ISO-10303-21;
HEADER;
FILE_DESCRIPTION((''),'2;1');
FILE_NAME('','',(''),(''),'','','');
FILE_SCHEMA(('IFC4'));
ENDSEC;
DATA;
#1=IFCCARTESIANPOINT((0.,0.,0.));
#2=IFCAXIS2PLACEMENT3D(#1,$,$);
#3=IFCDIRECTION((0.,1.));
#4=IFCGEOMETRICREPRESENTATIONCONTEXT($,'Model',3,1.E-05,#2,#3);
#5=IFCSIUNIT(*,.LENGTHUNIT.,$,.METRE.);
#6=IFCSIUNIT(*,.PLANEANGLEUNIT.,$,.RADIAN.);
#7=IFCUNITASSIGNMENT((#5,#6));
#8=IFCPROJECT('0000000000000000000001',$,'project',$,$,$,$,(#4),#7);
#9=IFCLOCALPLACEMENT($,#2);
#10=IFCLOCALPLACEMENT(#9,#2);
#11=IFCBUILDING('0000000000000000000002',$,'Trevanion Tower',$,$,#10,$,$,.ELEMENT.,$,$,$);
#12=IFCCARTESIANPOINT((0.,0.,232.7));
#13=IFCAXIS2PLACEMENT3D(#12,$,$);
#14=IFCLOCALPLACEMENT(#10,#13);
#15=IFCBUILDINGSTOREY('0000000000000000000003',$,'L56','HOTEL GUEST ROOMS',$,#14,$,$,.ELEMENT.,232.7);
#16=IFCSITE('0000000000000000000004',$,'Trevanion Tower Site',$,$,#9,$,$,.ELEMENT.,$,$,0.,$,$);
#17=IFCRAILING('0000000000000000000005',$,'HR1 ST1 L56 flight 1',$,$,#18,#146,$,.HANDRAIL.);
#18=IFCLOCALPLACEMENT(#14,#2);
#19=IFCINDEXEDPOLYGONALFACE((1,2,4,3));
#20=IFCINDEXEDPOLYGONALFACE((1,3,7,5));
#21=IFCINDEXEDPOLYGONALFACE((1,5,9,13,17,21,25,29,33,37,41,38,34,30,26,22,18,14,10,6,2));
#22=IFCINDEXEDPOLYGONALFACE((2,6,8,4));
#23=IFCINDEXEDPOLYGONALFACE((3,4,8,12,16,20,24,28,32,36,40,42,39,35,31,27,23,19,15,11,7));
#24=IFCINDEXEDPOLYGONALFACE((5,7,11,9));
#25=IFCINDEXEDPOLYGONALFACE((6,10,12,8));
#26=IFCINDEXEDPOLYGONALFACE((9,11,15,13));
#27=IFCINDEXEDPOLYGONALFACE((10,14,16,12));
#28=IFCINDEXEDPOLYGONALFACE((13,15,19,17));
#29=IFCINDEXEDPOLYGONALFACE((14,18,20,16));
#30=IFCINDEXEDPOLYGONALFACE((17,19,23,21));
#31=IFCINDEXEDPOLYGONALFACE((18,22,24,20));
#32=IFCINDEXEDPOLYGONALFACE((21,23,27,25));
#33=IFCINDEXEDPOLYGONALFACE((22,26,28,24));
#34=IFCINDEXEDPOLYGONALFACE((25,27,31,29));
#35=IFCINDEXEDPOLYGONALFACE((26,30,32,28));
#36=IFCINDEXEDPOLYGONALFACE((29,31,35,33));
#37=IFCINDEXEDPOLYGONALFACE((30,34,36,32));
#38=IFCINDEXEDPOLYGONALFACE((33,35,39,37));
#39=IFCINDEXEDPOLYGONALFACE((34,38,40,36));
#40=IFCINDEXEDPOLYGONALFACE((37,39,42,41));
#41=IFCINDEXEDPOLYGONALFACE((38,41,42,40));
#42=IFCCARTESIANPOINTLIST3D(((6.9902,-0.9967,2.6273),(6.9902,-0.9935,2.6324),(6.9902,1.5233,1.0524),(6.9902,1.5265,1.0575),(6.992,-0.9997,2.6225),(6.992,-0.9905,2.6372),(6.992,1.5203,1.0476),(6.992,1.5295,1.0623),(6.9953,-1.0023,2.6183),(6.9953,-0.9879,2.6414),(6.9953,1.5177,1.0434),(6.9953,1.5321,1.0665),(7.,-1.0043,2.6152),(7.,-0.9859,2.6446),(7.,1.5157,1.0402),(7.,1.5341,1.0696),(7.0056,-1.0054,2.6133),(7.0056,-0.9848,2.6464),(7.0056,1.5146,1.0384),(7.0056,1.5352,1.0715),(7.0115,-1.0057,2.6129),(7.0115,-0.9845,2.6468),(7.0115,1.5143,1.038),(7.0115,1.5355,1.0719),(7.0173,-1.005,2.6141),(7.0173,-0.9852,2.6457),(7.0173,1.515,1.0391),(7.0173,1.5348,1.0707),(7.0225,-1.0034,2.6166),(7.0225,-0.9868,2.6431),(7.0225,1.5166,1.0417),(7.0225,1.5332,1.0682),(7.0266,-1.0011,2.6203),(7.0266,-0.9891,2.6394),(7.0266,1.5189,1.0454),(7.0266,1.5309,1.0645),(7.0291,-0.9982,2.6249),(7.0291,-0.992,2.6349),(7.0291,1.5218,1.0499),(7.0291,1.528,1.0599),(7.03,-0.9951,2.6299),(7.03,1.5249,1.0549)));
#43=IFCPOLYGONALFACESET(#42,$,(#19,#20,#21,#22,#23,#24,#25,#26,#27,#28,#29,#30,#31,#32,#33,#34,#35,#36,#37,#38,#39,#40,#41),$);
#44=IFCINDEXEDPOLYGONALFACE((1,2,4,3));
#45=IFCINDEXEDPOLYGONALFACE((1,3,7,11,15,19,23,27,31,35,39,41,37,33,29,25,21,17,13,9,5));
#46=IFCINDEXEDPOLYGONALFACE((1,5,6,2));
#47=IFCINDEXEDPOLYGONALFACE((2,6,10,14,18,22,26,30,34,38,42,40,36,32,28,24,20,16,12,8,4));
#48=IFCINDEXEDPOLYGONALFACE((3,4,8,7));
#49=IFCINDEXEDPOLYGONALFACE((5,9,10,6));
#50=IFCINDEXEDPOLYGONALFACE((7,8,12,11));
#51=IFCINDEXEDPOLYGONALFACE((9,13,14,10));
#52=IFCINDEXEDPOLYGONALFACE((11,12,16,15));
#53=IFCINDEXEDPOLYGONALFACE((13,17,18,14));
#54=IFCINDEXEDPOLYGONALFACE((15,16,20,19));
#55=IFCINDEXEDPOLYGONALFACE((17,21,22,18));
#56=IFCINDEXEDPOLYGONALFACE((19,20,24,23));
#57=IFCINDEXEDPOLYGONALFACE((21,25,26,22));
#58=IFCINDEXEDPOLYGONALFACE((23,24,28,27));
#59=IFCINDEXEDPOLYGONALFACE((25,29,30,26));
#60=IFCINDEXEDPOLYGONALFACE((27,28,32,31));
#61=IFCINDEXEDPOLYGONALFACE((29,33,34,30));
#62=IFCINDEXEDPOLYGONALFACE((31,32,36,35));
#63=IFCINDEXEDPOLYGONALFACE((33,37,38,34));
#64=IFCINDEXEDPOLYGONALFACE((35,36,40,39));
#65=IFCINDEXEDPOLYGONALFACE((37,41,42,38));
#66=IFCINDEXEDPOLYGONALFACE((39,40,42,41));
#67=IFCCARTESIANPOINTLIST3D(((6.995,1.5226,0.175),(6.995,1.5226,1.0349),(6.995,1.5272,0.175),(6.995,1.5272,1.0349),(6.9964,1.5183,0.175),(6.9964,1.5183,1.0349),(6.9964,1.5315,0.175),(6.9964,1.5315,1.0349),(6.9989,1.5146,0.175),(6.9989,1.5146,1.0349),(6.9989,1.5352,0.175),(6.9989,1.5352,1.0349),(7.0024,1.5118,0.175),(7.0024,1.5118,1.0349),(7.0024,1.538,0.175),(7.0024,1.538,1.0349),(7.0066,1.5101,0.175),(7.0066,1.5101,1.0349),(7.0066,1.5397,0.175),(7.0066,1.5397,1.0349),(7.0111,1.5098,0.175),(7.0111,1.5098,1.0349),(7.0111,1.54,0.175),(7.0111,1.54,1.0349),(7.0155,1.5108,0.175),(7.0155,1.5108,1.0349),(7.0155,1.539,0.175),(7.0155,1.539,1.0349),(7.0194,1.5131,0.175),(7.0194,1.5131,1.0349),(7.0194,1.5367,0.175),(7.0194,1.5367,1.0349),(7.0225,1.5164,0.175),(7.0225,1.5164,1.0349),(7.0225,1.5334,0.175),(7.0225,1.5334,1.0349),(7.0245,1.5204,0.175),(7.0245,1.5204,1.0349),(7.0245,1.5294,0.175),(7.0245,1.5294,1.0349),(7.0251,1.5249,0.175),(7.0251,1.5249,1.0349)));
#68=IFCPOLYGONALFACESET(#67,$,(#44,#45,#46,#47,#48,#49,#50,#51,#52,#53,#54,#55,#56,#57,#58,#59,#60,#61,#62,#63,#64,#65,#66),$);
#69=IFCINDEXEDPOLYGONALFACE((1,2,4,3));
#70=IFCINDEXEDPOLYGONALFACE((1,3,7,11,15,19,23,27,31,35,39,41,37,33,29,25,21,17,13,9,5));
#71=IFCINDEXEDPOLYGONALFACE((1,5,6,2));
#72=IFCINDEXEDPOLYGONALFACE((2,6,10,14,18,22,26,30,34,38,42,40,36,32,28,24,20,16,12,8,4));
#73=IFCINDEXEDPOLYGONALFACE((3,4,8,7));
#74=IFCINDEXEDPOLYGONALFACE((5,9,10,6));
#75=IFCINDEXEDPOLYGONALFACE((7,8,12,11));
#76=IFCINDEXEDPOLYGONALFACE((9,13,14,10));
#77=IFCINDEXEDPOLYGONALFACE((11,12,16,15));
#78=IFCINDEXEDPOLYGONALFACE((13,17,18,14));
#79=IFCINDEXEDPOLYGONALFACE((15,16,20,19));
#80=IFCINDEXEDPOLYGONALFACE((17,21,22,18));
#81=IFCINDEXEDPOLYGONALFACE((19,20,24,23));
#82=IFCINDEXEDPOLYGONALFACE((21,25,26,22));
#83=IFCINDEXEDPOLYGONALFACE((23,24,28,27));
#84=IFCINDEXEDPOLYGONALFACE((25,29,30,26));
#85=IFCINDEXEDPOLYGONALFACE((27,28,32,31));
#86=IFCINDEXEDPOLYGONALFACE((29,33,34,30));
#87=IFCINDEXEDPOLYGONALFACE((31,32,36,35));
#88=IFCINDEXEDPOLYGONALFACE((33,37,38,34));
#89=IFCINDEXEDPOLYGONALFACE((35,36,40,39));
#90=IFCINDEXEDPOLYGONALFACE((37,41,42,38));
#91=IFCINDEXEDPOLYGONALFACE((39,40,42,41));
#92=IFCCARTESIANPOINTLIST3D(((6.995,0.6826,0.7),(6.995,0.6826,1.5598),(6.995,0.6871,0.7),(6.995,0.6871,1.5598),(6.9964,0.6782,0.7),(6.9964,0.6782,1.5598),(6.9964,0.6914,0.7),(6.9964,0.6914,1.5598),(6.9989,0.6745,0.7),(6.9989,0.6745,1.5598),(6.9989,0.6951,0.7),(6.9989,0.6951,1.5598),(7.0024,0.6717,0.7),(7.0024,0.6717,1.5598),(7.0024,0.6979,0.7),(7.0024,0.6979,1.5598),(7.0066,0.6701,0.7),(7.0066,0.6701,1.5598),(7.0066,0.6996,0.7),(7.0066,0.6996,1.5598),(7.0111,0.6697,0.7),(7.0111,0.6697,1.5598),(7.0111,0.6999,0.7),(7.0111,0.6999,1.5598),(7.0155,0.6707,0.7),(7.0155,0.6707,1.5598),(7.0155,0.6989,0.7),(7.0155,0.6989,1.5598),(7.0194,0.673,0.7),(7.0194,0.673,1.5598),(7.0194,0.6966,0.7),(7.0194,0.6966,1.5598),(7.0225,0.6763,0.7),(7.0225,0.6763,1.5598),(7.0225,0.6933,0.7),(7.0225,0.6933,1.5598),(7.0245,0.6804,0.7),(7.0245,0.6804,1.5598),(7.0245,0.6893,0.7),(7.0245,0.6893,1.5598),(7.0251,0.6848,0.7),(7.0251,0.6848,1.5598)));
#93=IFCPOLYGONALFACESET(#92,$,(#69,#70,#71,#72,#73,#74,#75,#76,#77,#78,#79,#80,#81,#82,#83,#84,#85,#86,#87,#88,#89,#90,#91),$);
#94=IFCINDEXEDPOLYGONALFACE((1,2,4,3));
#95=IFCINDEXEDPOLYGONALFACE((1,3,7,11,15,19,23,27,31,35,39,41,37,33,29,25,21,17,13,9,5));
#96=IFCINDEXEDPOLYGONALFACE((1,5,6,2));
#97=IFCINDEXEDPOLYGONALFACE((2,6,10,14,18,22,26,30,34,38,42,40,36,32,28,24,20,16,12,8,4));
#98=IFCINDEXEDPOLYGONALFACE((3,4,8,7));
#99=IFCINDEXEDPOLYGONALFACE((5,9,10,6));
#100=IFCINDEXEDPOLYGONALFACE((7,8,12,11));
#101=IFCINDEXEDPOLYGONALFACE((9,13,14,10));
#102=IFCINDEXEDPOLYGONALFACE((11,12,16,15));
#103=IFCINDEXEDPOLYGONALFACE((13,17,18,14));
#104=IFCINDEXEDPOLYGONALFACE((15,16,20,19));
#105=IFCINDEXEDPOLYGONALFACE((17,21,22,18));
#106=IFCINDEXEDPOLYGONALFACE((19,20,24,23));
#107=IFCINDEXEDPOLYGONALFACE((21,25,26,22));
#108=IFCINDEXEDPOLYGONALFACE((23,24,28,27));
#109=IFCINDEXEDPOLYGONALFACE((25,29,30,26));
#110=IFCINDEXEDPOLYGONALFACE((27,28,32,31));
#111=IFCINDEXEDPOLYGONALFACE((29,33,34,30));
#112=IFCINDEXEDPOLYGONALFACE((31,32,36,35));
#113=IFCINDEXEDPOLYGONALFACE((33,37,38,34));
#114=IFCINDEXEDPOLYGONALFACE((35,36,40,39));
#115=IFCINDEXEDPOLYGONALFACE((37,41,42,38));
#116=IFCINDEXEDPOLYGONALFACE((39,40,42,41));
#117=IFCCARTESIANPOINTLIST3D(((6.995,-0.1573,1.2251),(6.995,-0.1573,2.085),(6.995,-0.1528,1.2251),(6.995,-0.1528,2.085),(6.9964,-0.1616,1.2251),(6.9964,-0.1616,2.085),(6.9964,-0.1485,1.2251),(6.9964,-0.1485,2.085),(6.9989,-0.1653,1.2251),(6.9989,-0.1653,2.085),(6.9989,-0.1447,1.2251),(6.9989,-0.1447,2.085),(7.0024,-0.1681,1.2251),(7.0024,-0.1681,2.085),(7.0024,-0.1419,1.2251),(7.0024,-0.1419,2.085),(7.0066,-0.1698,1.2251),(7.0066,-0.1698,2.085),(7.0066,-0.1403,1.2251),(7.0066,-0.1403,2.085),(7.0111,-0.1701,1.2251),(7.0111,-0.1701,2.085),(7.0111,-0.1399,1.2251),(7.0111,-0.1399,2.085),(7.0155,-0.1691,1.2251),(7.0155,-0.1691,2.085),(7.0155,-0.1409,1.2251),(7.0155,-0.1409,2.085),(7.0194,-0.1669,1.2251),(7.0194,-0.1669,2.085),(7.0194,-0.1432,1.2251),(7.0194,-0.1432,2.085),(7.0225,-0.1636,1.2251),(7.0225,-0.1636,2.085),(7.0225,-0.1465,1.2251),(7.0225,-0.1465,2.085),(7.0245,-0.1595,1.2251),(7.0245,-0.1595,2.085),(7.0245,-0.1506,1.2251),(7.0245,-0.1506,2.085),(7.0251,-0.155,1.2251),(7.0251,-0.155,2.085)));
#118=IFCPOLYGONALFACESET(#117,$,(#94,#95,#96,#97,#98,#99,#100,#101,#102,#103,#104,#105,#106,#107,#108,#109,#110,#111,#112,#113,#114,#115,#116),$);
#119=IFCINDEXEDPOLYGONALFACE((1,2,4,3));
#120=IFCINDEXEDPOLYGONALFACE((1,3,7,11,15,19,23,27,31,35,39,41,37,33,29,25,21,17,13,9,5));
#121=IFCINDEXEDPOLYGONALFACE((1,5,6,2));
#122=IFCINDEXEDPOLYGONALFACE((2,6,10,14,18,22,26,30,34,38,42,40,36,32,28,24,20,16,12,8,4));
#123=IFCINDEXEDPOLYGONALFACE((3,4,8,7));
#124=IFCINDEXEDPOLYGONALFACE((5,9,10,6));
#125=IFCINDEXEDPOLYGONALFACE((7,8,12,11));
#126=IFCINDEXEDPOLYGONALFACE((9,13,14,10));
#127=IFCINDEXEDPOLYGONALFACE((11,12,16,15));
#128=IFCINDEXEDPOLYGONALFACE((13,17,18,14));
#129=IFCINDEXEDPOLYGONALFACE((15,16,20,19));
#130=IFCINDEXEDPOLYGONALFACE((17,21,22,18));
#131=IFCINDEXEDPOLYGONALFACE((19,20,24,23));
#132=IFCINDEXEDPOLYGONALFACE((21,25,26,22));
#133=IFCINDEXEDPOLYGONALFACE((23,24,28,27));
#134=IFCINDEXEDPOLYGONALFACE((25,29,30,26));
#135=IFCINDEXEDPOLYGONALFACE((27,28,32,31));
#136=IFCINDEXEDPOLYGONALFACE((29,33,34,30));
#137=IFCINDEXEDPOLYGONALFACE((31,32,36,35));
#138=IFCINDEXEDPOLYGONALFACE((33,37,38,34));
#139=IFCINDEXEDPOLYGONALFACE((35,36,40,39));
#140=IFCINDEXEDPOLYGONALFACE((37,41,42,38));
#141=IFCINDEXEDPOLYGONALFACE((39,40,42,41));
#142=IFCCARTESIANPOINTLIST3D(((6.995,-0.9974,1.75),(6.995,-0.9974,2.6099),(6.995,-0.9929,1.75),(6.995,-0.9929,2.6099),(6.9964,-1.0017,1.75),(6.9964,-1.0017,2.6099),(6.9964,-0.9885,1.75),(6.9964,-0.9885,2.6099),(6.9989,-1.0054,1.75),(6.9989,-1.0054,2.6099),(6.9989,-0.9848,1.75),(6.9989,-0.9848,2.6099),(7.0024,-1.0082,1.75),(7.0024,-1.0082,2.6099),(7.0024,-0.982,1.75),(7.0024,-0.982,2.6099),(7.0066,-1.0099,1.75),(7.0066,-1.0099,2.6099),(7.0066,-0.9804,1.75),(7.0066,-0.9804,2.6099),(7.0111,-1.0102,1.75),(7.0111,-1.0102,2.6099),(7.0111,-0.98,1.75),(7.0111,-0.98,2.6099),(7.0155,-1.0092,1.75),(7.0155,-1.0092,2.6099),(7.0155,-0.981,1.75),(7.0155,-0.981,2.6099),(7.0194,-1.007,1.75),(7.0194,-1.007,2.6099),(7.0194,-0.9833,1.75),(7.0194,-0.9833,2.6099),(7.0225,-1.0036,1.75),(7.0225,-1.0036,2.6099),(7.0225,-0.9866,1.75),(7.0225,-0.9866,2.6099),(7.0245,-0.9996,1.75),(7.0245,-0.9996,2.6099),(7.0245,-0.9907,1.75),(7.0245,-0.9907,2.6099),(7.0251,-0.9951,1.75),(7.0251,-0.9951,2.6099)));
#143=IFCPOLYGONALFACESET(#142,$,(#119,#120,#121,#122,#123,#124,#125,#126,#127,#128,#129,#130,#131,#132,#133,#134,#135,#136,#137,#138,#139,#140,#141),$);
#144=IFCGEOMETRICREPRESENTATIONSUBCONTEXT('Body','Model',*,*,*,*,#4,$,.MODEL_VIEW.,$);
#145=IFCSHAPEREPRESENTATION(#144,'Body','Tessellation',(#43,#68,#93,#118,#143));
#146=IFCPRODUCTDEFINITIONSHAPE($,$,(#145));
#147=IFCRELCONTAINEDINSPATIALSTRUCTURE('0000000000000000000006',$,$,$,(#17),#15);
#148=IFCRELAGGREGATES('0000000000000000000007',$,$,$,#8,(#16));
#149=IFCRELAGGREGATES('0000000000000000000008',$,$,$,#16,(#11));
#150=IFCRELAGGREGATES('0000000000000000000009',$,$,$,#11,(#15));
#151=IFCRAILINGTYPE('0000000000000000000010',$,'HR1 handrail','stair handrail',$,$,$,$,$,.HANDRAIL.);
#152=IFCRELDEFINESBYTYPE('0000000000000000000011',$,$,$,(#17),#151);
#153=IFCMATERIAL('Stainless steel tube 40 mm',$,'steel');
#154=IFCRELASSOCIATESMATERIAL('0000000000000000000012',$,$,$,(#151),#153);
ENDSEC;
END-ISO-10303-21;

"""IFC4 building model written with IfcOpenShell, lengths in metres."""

from ifc_helpers import new_model, si_unit, direction, frame, origin, origin_2d, place, context, subcontext, project, spatial, circle, extrude, material, type_object, element, save


model = new_model("IFC4")

# Units and contexts
model_context = context("Model", 3, precision=1e-05, world=origin(), true_north=direction((0.0, 1.0)))
body_context = subcontext(model_context, "Body", "Model", "MODEL_VIEW")
ifc_project = project(units=[si_unit("LENGTHUNIT", "METRE"), si_unit("PLANEANGLEUNIT", "RADIAN")], contexts=[model_context])

# Site, building, storey
site_placement = place(None, origin())
site = spatial("IfcSite", under=ifc_project, at=site_placement, Name="Trevanion Tower Site", CompositionType="ELEMENT", RefElevation=0.0)
building_placement = place(site_placement, origin())
building = spatial("IfcBuilding", under=site, at=building_placement, Name="Trevanion Tower", CompositionType="ELEMENT")
storey_placement = place(building_placement, frame((0.0, 0.0, 232.7)))
storey = spatial("IfcBuildingStorey", under=building, at=storey_placement, Name="L56", Description="HOTEL GUEST ROOMS", CompositionType="ELEMENT", Elevation=232.7)

# Railing
ifc_material_1 = material(Name="Stainless steel tube 40 mm", Category="steel")
railing_type = type_object("IfcRailingType", Name="HR1 handrail", Description="stair handrail", PredefinedType="HANDRAIL", material=ifc_material_1)
for number, where, name in (
    (1, (7.01, 1.5249, 0.175), "HR1 ST1 L56 flight 1"),
):
    element("IfcRailing", number, at=place(storey_placement, frame(where)), inside=storey, type_object=railing_type, Name=name, PredefinedType="HANDRAIL", context=body_context, shape_type="SweptSolid", body=[
        extrude(circle(Radius=0.02, at=origin_2d()), frame((0.0, 0.0, 0.8799), z_axis=(0.0, -0.848008, 0.529984), x_axis=(1.0, 0.0, 0.0)), (0.0, 0.0, 1.0), 2.9717),
        extrude(circle(Radius=0.0151, at=origin_2d()), origin(), (0.0, 0.0, 1.0), 0.8599),
        extrude(circle(Radius=0.0151, at=origin_2d()), frame((0.0, -0.8401, 0.5249)), (0.0, 0.0, 1.0), 0.8599),
        extrude(circle(Radius=0.0151, at=origin_2d()), frame((0.0, -1.6799, 1.05)), (0.0, 0.0, 1.0), 0.8599),
        extrude(circle(Radius=0.0151, at=origin_2d()), frame((0.0, -2.52, 1.575)), (0.0, 0.0, 1.0), 0.8599),
    ])

save(model, "model.ifc")
